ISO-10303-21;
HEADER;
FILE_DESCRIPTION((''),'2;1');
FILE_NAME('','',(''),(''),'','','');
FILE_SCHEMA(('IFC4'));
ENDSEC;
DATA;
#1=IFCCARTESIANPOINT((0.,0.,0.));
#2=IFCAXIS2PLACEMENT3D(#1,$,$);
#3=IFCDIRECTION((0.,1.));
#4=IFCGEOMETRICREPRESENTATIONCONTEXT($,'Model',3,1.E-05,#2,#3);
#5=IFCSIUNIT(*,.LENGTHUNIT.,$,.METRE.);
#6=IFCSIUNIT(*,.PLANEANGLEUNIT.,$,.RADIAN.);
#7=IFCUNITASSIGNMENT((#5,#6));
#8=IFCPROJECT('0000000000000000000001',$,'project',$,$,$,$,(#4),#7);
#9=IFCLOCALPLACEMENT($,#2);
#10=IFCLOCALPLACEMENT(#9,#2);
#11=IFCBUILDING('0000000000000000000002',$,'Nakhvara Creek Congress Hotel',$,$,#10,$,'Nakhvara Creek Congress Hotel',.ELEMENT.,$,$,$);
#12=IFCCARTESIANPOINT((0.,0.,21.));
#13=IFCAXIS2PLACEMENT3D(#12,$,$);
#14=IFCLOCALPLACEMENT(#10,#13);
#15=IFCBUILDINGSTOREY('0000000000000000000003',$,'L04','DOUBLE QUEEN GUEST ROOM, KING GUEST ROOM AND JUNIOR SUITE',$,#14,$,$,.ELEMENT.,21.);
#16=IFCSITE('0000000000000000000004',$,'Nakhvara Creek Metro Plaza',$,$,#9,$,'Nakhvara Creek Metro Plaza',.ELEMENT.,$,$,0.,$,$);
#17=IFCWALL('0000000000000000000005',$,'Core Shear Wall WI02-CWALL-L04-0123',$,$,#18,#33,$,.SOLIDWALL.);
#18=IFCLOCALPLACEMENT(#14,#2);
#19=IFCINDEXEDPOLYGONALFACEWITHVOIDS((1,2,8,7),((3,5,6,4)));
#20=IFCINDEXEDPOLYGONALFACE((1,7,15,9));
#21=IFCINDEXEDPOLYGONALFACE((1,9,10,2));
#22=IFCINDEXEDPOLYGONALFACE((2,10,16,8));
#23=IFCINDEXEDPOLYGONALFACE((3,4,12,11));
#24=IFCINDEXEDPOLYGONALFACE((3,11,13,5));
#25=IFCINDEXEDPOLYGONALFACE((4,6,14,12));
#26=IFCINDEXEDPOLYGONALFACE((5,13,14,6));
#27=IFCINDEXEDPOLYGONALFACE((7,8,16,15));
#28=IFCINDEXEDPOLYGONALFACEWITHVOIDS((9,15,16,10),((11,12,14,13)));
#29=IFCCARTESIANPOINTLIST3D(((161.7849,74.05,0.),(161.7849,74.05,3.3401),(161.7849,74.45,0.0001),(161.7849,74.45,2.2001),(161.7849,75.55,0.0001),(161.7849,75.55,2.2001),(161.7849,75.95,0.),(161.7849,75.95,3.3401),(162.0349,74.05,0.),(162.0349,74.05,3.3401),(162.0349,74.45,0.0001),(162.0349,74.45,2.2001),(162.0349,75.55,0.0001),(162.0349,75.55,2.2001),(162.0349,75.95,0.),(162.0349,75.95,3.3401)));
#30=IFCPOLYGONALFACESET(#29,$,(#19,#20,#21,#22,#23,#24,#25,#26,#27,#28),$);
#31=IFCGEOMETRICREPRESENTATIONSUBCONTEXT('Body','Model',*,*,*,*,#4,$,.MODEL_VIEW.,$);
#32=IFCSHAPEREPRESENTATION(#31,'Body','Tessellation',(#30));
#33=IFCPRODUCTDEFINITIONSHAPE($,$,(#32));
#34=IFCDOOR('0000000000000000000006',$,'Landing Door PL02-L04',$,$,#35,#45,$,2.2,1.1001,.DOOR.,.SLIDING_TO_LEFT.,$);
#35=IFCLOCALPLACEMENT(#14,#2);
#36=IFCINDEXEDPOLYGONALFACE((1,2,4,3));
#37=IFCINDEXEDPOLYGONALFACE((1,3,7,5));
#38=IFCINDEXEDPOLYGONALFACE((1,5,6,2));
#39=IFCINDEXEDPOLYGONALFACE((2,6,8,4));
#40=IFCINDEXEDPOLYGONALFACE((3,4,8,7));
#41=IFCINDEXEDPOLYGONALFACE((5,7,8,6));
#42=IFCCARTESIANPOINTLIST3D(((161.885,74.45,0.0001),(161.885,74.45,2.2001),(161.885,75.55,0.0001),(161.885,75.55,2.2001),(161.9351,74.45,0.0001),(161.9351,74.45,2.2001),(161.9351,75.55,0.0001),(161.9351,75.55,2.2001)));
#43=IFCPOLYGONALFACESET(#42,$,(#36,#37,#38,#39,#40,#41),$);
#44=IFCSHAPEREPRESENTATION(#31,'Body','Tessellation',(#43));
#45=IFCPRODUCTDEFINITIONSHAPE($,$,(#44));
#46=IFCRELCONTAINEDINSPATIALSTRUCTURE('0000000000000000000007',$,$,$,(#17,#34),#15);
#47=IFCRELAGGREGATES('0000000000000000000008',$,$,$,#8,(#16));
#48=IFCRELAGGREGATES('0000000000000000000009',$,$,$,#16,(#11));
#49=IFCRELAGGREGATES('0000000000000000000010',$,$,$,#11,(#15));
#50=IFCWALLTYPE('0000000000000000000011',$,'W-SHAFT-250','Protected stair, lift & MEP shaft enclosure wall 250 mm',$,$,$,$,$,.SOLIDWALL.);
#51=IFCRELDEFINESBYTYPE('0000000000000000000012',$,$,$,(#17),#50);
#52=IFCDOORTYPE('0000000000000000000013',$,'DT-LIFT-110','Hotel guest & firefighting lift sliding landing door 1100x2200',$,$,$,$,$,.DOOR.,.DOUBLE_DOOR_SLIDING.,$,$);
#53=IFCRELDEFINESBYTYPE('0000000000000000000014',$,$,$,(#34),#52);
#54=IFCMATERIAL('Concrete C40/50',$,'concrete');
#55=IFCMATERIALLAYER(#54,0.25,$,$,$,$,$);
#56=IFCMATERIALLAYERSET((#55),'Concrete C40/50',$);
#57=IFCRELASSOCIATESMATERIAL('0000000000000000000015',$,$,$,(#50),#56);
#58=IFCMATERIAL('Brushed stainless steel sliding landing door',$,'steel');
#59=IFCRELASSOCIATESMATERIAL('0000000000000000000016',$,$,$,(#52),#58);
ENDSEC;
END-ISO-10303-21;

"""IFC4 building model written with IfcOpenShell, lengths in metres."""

from ifc_helpers import new_model, si_unit, direction, frame, frame_2d, origin, place, context, subcontext, project, spatial, rectangle, extrude, material, layer, layer_set, type_object, element, fill, save


model = new_model("IFC4")

# Units and contexts
model_context = context("Model", 3, precision=1e-05, world=origin(), true_north=direction((0.0, 1.0)))
body_context = subcontext(model_context, "Body", "Model", "MODEL_VIEW")
ifc_project = project(units=[si_unit("LENGTHUNIT", "METRE"), si_unit("PLANEANGLEUNIT", "RADIAN")], contexts=[model_context])

# Site, building, storey
site_placement = place(None, origin())
site = spatial("IfcSite", under=ifc_project, at=site_placement, Name="Nakhvara Creek Metro Plaza", LongName="Nakhvara Creek Metro Plaza", CompositionType="ELEMENT", RefElevation=0.0)
building_placement = place(site_placement, origin())
building = spatial("IfcBuilding", under=site, at=building_placement, Name="Nakhvara Creek Congress Hotel", LongName="Nakhvara Creek Congress Hotel", CompositionType="ELEMENT")
storey_placement = place(building_placement, frame((0.0, 0.0, 21.0)))
storey = spatial("IfcBuildingStorey", under=building, at=storey_placement, Name="L04", Description="DOUBLE QUEEN GUEST ROOM, KING GUEST ROOM AND JUNIOR SUITE", CompositionType="ELEMENT", Elevation=21.0)

# Shared definitions
ifc_material_1 = material(Name="Concrete C40/50", Category="concrete")

# Shared definitions
ifc_layer_1 = layer(ifc_material_1, 0.25)
ifc_layer_set_1 = layer_set([ifc_layer_1], Name="Concrete C40/50")
wall_type_1 = type_object("IfcWallType", Name="W-SHAFT-250", Description="Protected stair, lift & MEP shaft enclosure wall 250 mm", PredefinedType="SOLIDWALL", material=ifc_layer_set_1)

# Wall, opening, door
wall_1_placement = place(storey_placement, frame((161.9099, 74.05, 0.0), z_axis=(0.0, 0.0, 1.0), x_axis=(0.0, 1.0, 0.0)))
wall_1 = element("IfcWall", 1, at=wall_1_placement, inside=storey, type_object=wall_type_1, Name="Core Shear Wall WI02-CWALL-L04-0123", PredefinedType="SOLIDWALL", context=body_context, shape_type="SweptSolid", body=[
    extrude(rectangle(XDim=1.8999, YDim=0.25, at=frame_2d((0.95, 0.0))), origin(), (0.0, 0.0, 1.0), 3.3401),
])
opening_1_placement = place(wall_1_placement, frame((0.3999, 0.0, 0.0)))
opening_1 = element("IfcOpeningElement", 2, at=opening_1_placement, cuts=wall_1, PredefinedType="OPENING", context=body_context, shape_type="SweptSolid", body=[
    extrude(rectangle(XDim=1.1001, YDim=2.2, at=frame_2d((0.55, 1.1001))), frame((0.0, 0.137, 0.0), z_axis=(0.0, -1.0, 0.0), x_axis=(1.0, 0.0, 0.0)), (0.0, 0.0, 1.0), 0.2739),
])
ifc_material_2 = material(Name="Brushed stainless steel sliding landing door", Category="steel")
door_type_1 = type_object("IfcDoorType", Name="DT-LIFT-110", Description="Hotel guest & firefighting lift sliding landing door 1100x2200", OperationType="DOUBLE_DOOR_SLIDING", PredefinedType="DOOR", material=ifc_material_2)
door_1_placement = place(opening_1_placement, origin())
door_1 = element("IfcDoor", 3, at=door_1_placement, inside=storey, type_object=door_type_1, Name="Landing Door PL02-L04", OperationType="SLIDING_TO_LEFT", OverallHeight=2.2, OverallWidth=1.1001, PredefinedType="DOOR", context=body_context, shape_type="SweptSolid", body=[
    extrude(rectangle(XDim=1.1001, YDim=2.2, at=frame_2d((0.55, 1.1001))), frame((0.0, 0.0249, 0.0), z_axis=(0.0, -1.0, 0.0), x_axis=(1.0, 0.0, 0.0)), (0.0, 0.0, 1.0), 0.05),
])
fill(opening_1, door_1)

save(model, "model.ifc")
